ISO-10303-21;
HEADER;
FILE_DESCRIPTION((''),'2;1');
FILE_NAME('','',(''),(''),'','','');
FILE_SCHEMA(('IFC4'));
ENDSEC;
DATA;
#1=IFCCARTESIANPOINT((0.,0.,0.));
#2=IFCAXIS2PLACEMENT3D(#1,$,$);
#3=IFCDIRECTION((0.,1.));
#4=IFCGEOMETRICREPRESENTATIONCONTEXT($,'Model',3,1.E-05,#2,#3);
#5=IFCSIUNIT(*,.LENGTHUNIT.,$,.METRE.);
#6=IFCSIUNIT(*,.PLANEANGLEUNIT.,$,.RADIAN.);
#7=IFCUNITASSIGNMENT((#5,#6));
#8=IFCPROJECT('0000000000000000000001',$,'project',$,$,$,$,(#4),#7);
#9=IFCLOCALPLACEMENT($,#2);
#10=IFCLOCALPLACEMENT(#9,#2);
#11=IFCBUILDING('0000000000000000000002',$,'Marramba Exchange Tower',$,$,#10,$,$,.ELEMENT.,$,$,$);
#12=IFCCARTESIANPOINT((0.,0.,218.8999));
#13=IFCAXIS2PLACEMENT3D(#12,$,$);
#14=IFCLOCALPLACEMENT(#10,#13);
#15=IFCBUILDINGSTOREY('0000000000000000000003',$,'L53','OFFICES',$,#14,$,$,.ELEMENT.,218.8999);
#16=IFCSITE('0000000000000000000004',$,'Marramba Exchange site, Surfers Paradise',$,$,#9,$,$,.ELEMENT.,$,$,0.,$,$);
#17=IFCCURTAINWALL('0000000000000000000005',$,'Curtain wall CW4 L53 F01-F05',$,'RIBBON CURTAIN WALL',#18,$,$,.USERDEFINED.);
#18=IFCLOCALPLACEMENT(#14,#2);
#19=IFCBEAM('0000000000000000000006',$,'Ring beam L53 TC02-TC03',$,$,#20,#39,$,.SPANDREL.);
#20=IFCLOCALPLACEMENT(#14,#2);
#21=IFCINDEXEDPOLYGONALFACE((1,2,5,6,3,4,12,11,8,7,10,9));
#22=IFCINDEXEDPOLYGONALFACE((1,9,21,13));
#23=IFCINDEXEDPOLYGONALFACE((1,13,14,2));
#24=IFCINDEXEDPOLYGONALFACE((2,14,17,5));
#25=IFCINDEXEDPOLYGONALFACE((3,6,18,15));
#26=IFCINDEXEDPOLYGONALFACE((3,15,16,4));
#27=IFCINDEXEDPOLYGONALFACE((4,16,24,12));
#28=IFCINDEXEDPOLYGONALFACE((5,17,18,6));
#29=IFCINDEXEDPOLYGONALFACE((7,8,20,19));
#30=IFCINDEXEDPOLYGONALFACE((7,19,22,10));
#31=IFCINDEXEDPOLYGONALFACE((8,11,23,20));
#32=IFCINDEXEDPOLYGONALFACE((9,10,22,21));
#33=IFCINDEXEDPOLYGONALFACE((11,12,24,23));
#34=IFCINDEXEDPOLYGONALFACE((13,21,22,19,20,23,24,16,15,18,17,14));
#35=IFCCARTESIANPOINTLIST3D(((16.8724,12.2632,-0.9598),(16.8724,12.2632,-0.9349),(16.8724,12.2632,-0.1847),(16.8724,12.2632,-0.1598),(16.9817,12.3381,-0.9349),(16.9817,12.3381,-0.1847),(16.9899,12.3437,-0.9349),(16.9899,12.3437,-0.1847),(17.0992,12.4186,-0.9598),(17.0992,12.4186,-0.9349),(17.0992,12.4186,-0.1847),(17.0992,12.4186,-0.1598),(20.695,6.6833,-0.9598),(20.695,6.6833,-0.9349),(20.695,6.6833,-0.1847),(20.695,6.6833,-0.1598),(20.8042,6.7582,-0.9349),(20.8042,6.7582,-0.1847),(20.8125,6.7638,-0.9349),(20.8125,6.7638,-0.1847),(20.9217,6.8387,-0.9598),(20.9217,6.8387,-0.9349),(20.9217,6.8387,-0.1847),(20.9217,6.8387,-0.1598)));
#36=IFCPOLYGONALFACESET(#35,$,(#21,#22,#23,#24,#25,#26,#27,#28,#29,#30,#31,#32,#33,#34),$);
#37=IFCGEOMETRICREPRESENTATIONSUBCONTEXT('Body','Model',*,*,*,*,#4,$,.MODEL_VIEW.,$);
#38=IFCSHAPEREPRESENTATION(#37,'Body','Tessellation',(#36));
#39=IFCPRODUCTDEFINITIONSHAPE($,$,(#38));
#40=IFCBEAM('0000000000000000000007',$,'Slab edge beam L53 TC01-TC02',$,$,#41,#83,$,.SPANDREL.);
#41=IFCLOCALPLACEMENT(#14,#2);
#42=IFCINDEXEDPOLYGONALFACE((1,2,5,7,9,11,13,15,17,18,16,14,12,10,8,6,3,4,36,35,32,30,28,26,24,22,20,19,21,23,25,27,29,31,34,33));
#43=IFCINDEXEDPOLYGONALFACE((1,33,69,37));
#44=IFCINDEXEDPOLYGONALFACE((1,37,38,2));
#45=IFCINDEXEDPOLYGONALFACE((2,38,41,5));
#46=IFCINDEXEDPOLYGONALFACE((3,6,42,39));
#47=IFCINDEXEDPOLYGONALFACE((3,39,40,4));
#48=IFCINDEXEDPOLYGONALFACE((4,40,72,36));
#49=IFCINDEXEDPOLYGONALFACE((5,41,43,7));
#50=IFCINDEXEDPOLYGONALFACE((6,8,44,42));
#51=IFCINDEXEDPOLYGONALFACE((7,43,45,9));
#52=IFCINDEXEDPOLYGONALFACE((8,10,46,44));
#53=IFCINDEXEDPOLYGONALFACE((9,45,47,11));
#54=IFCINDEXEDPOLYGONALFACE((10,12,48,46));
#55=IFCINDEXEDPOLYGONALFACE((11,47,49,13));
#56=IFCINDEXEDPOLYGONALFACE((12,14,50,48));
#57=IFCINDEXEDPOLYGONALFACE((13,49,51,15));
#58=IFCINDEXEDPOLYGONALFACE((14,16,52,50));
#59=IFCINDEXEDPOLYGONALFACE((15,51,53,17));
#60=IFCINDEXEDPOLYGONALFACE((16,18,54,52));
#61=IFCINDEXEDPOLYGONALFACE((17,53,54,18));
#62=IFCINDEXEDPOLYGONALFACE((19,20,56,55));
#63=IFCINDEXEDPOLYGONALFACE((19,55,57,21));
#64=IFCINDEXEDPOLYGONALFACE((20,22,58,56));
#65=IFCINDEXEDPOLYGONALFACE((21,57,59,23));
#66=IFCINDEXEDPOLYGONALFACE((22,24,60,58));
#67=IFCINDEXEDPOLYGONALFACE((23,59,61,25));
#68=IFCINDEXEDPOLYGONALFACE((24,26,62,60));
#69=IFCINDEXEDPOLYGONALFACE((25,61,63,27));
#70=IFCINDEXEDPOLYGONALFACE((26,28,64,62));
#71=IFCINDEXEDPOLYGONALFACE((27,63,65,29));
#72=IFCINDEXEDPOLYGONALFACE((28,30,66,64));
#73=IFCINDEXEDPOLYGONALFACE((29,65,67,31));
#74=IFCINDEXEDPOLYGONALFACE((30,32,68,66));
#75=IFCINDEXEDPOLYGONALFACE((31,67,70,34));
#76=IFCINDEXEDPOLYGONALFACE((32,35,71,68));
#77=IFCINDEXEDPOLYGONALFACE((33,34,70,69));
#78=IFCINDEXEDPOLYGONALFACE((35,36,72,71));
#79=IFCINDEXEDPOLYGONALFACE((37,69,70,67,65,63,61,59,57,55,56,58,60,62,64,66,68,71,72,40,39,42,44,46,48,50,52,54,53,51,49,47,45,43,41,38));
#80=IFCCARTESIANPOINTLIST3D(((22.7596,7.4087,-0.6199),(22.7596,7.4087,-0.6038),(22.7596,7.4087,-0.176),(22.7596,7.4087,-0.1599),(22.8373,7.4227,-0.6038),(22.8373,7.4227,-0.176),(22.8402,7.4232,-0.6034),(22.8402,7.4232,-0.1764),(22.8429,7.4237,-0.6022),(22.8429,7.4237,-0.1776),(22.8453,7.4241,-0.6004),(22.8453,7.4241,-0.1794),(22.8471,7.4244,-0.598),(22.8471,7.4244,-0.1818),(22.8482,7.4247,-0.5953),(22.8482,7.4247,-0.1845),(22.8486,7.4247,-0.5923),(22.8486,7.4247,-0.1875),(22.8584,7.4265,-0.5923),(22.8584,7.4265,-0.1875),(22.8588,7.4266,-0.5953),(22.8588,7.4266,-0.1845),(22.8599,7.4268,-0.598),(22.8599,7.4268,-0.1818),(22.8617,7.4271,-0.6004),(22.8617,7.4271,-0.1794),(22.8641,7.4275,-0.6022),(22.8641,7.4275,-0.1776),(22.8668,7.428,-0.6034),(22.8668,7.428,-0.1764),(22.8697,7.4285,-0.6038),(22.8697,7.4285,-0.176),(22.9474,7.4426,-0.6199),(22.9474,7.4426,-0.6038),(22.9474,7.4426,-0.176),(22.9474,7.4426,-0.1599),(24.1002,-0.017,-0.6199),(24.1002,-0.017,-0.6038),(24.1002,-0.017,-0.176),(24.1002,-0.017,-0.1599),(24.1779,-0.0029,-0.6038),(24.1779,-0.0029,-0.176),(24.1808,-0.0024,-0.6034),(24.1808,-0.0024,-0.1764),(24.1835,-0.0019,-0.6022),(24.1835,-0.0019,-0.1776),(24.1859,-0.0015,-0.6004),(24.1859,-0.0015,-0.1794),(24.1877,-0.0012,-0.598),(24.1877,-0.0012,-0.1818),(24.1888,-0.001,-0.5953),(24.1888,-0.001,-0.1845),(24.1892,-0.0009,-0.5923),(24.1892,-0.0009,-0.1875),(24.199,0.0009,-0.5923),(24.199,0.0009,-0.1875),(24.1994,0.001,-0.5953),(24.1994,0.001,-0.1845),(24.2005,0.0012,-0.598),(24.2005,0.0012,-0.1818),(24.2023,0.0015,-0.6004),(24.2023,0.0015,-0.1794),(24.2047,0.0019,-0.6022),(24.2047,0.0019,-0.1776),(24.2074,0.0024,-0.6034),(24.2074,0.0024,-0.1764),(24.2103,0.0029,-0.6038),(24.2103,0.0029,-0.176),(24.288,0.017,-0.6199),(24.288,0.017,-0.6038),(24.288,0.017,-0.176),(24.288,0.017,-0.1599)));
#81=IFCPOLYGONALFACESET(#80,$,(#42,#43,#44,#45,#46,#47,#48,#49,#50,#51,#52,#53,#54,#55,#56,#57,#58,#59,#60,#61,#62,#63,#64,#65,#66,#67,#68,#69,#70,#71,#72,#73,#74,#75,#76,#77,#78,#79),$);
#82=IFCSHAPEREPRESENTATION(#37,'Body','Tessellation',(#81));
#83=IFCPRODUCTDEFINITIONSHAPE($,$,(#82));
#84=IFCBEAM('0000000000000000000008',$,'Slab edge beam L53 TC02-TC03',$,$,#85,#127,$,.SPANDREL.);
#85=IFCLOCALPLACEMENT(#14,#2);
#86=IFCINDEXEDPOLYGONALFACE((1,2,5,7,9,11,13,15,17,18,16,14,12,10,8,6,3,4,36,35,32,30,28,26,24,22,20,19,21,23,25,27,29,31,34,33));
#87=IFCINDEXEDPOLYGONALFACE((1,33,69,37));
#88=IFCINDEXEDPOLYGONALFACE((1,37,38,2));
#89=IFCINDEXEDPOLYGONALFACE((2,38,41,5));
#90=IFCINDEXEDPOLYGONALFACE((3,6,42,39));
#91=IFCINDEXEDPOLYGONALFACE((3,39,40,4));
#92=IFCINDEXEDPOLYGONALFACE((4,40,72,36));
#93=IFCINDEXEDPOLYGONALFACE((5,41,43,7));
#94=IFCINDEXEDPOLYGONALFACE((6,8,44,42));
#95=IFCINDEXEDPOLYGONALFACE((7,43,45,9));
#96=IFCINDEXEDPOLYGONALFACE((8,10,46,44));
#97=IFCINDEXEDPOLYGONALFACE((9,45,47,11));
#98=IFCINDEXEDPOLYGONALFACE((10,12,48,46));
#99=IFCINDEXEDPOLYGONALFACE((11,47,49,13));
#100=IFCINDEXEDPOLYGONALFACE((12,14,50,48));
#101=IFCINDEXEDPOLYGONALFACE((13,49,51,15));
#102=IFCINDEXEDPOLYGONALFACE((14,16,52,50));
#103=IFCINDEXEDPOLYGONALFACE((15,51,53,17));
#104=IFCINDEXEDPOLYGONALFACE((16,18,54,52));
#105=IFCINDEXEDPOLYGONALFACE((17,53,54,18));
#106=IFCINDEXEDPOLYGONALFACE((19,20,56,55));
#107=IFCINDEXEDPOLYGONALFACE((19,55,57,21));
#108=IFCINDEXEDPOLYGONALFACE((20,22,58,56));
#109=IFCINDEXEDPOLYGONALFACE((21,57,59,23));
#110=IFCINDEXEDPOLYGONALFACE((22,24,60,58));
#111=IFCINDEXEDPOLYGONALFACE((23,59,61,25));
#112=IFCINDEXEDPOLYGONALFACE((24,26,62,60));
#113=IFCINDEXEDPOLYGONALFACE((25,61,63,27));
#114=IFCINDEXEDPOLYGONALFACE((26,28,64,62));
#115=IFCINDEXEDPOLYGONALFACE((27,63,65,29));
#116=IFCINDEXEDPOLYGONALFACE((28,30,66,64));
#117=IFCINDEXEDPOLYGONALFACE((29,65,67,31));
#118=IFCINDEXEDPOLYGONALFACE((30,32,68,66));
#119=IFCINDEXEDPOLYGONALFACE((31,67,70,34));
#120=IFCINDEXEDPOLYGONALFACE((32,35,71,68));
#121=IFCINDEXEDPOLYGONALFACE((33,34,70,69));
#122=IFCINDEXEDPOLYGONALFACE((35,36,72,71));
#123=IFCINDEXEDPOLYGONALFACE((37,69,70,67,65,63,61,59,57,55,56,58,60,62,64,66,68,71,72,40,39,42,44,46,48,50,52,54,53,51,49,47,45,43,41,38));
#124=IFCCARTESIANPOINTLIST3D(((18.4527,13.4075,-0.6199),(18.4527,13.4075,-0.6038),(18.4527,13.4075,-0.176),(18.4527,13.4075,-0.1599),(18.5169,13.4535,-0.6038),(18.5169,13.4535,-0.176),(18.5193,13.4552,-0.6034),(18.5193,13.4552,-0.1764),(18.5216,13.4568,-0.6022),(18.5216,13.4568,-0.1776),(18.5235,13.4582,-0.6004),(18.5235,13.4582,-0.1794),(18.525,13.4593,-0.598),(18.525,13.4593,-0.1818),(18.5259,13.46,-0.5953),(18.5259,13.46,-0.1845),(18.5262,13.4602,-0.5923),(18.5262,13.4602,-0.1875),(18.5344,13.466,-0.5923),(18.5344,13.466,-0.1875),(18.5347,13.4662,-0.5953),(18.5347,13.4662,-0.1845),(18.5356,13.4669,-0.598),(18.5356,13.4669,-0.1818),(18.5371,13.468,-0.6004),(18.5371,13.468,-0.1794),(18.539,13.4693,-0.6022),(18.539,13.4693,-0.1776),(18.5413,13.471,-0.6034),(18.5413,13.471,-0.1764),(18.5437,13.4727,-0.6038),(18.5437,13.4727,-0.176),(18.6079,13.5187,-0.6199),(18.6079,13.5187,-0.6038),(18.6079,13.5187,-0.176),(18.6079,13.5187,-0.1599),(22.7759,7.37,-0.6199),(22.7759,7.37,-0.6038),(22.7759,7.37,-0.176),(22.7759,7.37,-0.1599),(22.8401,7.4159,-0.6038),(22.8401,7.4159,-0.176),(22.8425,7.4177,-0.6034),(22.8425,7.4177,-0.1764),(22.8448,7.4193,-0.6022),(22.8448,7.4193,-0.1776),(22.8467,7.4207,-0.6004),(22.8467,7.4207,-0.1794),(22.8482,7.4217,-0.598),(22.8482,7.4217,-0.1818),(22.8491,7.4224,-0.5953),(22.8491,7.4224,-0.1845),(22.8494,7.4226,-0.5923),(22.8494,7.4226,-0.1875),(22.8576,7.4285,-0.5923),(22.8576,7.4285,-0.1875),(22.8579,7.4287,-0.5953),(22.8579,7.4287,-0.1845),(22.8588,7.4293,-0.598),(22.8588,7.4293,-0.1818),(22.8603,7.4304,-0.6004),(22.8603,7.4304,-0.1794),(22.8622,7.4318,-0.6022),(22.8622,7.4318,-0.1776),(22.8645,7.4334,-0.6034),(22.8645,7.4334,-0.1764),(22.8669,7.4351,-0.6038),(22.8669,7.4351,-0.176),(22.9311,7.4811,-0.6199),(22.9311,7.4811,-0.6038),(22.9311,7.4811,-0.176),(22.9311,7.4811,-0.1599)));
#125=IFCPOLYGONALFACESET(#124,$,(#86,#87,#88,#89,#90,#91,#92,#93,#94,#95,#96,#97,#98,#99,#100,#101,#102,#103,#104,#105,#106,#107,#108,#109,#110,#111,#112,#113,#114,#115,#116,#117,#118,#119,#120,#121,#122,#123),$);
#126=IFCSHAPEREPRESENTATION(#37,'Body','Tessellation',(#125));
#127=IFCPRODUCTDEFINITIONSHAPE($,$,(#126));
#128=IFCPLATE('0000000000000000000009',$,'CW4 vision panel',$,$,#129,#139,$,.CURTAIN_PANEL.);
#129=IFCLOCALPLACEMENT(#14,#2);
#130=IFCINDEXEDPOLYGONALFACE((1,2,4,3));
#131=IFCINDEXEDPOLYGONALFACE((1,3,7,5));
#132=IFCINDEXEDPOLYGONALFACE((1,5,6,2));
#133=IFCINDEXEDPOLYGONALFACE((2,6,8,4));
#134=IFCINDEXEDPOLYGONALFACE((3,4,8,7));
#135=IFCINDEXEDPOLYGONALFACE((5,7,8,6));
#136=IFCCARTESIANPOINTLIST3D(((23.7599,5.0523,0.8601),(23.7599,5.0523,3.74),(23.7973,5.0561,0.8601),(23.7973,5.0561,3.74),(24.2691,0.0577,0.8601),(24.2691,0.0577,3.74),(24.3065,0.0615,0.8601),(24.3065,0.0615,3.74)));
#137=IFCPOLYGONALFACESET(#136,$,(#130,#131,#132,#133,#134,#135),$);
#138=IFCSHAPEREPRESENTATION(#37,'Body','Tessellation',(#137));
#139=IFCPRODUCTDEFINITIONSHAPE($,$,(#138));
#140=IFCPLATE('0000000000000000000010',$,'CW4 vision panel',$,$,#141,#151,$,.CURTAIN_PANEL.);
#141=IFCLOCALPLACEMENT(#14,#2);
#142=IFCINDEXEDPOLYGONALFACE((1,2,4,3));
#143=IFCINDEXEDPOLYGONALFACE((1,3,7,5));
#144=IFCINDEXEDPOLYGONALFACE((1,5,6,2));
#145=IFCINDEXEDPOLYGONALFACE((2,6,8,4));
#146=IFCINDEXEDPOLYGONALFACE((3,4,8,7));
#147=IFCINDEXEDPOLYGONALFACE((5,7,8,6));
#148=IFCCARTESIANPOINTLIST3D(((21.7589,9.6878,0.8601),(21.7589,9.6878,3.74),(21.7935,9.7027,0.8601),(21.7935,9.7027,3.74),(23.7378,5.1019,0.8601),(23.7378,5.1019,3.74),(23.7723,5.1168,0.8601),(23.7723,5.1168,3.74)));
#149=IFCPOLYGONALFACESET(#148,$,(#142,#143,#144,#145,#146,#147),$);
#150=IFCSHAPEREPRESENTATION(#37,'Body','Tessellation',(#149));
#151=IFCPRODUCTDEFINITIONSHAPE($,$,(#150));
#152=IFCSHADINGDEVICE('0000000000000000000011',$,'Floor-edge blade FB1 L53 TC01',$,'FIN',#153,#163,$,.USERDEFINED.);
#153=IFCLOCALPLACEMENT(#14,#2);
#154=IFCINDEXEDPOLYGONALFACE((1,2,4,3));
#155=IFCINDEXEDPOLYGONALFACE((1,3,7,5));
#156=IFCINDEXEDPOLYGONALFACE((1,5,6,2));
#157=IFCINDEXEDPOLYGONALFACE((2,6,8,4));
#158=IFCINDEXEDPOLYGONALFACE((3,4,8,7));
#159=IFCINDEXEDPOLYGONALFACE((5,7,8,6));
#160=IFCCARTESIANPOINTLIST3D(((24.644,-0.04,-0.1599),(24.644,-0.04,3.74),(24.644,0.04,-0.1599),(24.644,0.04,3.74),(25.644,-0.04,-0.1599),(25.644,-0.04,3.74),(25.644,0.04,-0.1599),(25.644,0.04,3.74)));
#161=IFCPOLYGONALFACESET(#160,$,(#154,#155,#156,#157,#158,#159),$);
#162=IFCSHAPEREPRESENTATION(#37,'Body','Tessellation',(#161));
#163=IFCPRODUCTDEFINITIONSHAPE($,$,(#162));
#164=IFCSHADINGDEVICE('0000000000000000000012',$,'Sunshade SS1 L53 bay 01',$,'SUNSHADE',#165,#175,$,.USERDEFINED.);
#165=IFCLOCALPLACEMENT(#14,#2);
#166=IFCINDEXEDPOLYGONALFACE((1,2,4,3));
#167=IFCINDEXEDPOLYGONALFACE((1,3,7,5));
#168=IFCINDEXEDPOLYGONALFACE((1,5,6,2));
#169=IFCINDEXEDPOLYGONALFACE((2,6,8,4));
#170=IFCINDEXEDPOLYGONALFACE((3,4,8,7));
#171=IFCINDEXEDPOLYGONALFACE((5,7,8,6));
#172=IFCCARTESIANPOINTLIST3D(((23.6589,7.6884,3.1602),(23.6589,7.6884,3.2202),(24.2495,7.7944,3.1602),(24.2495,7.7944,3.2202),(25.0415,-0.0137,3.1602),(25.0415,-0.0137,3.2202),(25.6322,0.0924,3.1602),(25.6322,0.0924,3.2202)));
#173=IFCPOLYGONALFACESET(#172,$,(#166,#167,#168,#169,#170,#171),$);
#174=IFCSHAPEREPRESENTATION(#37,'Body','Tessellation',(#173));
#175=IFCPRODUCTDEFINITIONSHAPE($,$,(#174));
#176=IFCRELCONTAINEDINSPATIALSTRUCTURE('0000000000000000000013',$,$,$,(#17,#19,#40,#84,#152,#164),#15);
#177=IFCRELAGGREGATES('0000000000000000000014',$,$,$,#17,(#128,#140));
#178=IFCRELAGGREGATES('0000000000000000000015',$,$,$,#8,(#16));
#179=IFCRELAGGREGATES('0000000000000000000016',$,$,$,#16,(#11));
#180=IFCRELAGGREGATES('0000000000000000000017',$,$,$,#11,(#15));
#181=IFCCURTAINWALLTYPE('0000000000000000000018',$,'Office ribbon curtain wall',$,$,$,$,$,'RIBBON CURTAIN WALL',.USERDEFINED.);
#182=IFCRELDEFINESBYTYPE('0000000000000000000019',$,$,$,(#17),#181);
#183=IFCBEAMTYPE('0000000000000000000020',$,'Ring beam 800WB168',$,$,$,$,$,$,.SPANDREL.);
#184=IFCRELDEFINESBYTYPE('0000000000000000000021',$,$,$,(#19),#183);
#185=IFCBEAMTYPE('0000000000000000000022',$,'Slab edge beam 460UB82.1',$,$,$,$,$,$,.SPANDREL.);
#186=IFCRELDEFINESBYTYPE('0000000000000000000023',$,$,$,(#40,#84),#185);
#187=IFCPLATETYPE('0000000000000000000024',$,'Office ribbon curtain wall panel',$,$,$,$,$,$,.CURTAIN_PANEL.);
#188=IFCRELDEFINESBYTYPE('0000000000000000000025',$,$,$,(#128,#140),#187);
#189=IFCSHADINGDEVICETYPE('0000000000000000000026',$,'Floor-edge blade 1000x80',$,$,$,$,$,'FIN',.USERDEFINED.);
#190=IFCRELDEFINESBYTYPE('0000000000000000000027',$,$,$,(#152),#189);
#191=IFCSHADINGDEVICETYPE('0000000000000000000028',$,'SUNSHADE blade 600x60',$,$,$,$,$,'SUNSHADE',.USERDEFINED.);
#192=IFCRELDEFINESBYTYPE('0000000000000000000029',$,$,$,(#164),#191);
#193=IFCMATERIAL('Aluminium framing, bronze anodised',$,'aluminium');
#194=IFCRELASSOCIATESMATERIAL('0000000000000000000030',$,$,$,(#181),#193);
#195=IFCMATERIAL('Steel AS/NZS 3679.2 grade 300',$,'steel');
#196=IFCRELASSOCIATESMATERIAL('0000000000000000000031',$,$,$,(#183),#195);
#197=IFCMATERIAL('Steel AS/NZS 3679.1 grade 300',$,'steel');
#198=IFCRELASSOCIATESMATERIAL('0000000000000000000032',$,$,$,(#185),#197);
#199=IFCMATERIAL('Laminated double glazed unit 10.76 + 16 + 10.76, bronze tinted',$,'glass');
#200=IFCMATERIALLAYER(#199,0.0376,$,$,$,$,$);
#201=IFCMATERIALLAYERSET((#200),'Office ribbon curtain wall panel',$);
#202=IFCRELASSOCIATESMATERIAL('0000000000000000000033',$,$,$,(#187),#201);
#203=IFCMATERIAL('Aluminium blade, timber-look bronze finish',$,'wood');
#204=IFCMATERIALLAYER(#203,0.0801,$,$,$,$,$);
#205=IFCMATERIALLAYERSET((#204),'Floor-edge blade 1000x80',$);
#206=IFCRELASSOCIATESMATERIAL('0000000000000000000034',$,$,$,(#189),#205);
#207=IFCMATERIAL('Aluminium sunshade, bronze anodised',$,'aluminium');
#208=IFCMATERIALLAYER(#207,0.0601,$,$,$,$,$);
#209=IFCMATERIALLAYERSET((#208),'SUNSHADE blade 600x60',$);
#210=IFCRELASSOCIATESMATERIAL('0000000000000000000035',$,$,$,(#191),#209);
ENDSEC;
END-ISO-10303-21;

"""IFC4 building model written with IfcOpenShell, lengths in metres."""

from ifc_helpers import new_model, si_unit, direction, frame, origin, origin_2d, place, context, subcontext, project, spatial, rectangle, i_section, extrude, material, layer, layer_set, material_profile, profile_set, type_object, element, aggregate, save


model = new_model("IFC4")

# Units and contexts
model_context = context("Model", 3, precision=1e-05, world=origin(), true_north=direction((0.0, 1.0)))
body_context = subcontext(model_context, "Body", "Model", "MODEL_VIEW")
ifc_project = project(units=[si_unit("LENGTHUNIT", "METRE"), si_unit("PLANEANGLEUNIT", "RADIAN")], contexts=[model_context])

# Site, building, storey
site_placement = place(None, origin())
site = spatial("IfcSite", under=ifc_project, at=site_placement, Name="Marramba Exchange site, Surfers Paradise", CompositionType="ELEMENT", RefElevation=0.0)
building_placement = place(site_placement, origin())
building = spatial("IfcBuilding", under=site, at=building_placement, Name="Marramba Exchange Tower", CompositionType="ELEMENT")
storey_placement = place(building_placement, frame((0.0, 0.0, 218.8999)))
storey = spatial("IfcBuildingStorey", under=building, at=storey_placement, Name="L53", Description="OFFICES", CompositionType="ELEMENT", Elevation=218.8999)

# Shared definitions
ifc_material_1 = material(Name="Steel AS/NZS 3679.2 grade 300", Category="steel")
ifc_material_2 = material(Name="Steel AS/NZS 3679.1 grade 300", Category="steel")

# Curtain wall
ifc_material_3 = material(Name="Aluminium framing, bronze anodised", Category="aluminium")
curtain_wall_type = type_object("IfcCurtainWallType", Name="Office ribbon curtain wall", ElementType="RIBBON CURTAIN WALL", PredefinedType="USERDEFINED", material=ifc_material_3)
curtain_wall_placement = place(storey_placement, origin())
curtain_wall = element("IfcCurtainWall", 1, at=curtain_wall_placement, inside=storey, type_object=curtain_wall_type, Name="Curtain wall CW4 L53 F01-F05", ObjectType="RIBBON CURTAIN WALL", PredefinedType="USERDEFINED")

# Beams
ifc_material_profile_1 = material_profile(ifc_material_1, i_section(OverallWidth=0.2749, OverallDepth=0.8, WebThickness=0.01, FlangeThickness=0.0249, at=origin_2d()), Name="800WB168")
ifc_profile_set_1 = profile_set([ifc_material_profile_1], Name="Steel AS/NZS 3679.2 grade 300")
beam_type_1 = type_object("IfcBeamType", Name="Ring beam 800WB168", PredefinedType="SPANDREL", material=ifc_profile_set_1)
beam_1_placement = place(storey_placement, frame((20.8083, 6.761, -0.5598), z_axis=(-0.56516, 0.824981, 0.0), x_axis=(-0.824981, -0.56516, 0.0)))
element("IfcBeam", 2, at=beam_1_placement, inside=storey, type_object=beam_type_1, Name="Ring beam L53 TC02-TC03", PredefinedType="SPANDREL", context=body_context, shape_type="SweptSolid", body=[
    extrude(i_section(OverallWidth=0.2749, OverallDepth=0.8, WebThickness=0.01, FlangeThickness=0.0249, at=origin_2d()), origin(), (0.0, 0.0, 1.0), 6.7637),
])
ifc_material_profile_2 = material_profile(ifc_material_2, i_section(OverallWidth=0.1909, OverallDepth=0.46, WebThickness=0.01, FlangeThickness=0.0161, FilletRadius=0.0115, at=origin_2d()), Name="460UB82.1")
ifc_profile_set_2 = profile_set([ifc_material_profile_2], Name="Steel AS/NZS 3679.1 grade 300")
beam_type_2 = type_object("IfcBeamType", Name="Slab edge beam 460UB82.1", PredefinedType="SPANDREL", material=ifc_profile_set_2)
beam_2_placement = place(storey_placement, frame((24.1941, 0.0, -0.3899), z_axis=(-0.177664, 0.984091, 0.0), x_axis=(-0.984091, -0.177664, 0.0)))
element("IfcBeam", 3, at=beam_2_placement, inside=storey, type_object=beam_type_2, Name="Slab edge beam L53 TC01-TC02", PredefinedType="SPANDREL", context=body_context, shape_type="SweptSolid", body=[
    extrude(i_section(OverallWidth=0.1909, OverallDepth=0.46, WebThickness=0.01, FlangeThickness=0.0161, FilletRadius=0.0115, at=origin_2d()), origin(), (0.0, 0.0, 1.0), 7.5457),
])
beam_3_placement = place(storey_placement, frame((22.8535, 7.4255, -0.3899), z_axis=(-0.582189, 0.813053, 0.0), x_axis=(-0.813053, -0.582189, 0.0)))
element("IfcBeam", 4, at=beam_3_placement, inside=storey, type_object=beam_type_2, Name="Slab edge beam L53 TC02-TC03", PredefinedType="SPANDREL", context=body_context, shape_type="SweptSolid", body=[
    extrude(i_section(OverallWidth=0.1909, OverallDepth=0.46, WebThickness=0.01, FlangeThickness=0.0161, FilletRadius=0.0115, at=origin_2d()), origin(), (0.0, 0.0, 1.0), 7.4258),
])

# Plates
ifc_material_4 = material(Name="Laminated double glazed unit 10.76 + 16 + 10.76, bronze tinted", Category="glass")
ifc_layer_1 = layer(ifc_material_4, 0.0376)
ifc_layer_set_1 = layer_set([ifc_layer_1], Name="Office ribbon curtain wall panel")
plate_type = type_object("IfcPlateType", Name="Office ribbon curtain wall panel", PredefinedType="CURTAIN_PANEL", material=ifc_layer_set_1)
plate_1_placement = place(storey_placement, frame((24.0332, 2.5569, 0.8601), z_axis=(0.0, 0.0, 1.0), x_axis=(-0.101422, 0.994843, 0.0)))
plate_1 = element("IfcPlate", 5, at=plate_1_placement, type_object=plate_type, Name="CW4 vision panel", PredefinedType="CURTAIN_PANEL", context=body_context, shape_type="SweptSolid", body=[
    extrude(rectangle(XDim=5.0205, YDim=0.0376, at=origin_2d()), origin(), (0.0, 0.0, 1.0), 2.8799),
])
plate_2_placement = place(storey_placement, frame((22.7656, 7.4023, 0.8601), z_axis=(0.0, 0.0, 1.0), x_axis=(-0.396193, 0.918167, 0.0)))
plate_2 = element("IfcPlate", 6, at=plate_2_placement, type_object=plate_type, Name="CW4 vision panel", PredefinedType="CURTAIN_PANEL", context=body_context, shape_type="SweptSolid", body=[
    extrude(rectangle(XDim=4.9946, YDim=0.0376, at=origin_2d()), origin(), (0.0, 0.0, 1.0), 2.8799),
])
aggregate(curtain_wall, [plate_1, plate_2])

# Shading devices
ifc_material_5 = material(Name="Aluminium blade, timber-look bronze finish", Category="wood")
ifc_layer_2 = layer(ifc_material_5, 0.0801)
ifc_layer_set_2 = layer_set([ifc_layer_2], Name="Floor-edge blade 1000x80")
shading_device_type_1 = type_object("IfcShadingDeviceType", Name="Floor-edge blade 1000x80", ElementType="FIN", PredefinedType="USERDEFINED", material=ifc_layer_set_2)
shading_device_1_placement = place(storey_placement, frame((25.144, 0.0, -0.1599), z_axis=(0.0, 0.0, 1.0), x_axis=(1.0, 0.0, 0.0)))
element("IfcShadingDevice", 7, at=shading_device_1_placement, inside=storey, type_object=shading_device_type_1, Name="Floor-edge blade FB1 L53 TC01", ObjectType="FIN", PredefinedType="USERDEFINED", context=body_context, shape_type="SweptSolid", body=[
    extrude(rectangle(XDim=1.0, YDim=0.0801, at=origin_2d()), origin(), (0.0, 0.0, 1.0), 3.8999),
])
ifc_material_6 = material(Name="Aluminium sunshade, bronze anodised", Category="aluminium")
ifc_layer_3 = layer(ifc_material_6, 0.0601)
ifc_layer_set_3 = layer_set([ifc_layer_3], Name="SUNSHADE blade 600x60")
shading_device_type_2 = type_object("IfcShadingDeviceType", Name="SUNSHADE blade 600x60", ElementType="SUNSHADE", PredefinedType="USERDEFINED", material=ifc_layer_set_3)
shading_device_2_placement = place(storey_placement, frame((24.6455, 3.8904, 3.1602), z_axis=(0.0, 0.0, 1.0), x_axis=(-0.176691, 0.984266, 0.0)))
element("IfcShadingDevice", 8, at=shading_device_2_placement, inside=storey, type_object=shading_device_type_2, Name="Sunshade SS1 L53 bay 01", ObjectType="SUNSHADE", PredefinedType="USERDEFINED", context=body_context, shape_type="SweptSolid", body=[
    extrude(rectangle(XDim=7.8252, YDim=0.6001, at=origin_2d()), origin(), (0.0, 0.0, 1.0), 0.0601),
])

save(model, "model.ifc")
